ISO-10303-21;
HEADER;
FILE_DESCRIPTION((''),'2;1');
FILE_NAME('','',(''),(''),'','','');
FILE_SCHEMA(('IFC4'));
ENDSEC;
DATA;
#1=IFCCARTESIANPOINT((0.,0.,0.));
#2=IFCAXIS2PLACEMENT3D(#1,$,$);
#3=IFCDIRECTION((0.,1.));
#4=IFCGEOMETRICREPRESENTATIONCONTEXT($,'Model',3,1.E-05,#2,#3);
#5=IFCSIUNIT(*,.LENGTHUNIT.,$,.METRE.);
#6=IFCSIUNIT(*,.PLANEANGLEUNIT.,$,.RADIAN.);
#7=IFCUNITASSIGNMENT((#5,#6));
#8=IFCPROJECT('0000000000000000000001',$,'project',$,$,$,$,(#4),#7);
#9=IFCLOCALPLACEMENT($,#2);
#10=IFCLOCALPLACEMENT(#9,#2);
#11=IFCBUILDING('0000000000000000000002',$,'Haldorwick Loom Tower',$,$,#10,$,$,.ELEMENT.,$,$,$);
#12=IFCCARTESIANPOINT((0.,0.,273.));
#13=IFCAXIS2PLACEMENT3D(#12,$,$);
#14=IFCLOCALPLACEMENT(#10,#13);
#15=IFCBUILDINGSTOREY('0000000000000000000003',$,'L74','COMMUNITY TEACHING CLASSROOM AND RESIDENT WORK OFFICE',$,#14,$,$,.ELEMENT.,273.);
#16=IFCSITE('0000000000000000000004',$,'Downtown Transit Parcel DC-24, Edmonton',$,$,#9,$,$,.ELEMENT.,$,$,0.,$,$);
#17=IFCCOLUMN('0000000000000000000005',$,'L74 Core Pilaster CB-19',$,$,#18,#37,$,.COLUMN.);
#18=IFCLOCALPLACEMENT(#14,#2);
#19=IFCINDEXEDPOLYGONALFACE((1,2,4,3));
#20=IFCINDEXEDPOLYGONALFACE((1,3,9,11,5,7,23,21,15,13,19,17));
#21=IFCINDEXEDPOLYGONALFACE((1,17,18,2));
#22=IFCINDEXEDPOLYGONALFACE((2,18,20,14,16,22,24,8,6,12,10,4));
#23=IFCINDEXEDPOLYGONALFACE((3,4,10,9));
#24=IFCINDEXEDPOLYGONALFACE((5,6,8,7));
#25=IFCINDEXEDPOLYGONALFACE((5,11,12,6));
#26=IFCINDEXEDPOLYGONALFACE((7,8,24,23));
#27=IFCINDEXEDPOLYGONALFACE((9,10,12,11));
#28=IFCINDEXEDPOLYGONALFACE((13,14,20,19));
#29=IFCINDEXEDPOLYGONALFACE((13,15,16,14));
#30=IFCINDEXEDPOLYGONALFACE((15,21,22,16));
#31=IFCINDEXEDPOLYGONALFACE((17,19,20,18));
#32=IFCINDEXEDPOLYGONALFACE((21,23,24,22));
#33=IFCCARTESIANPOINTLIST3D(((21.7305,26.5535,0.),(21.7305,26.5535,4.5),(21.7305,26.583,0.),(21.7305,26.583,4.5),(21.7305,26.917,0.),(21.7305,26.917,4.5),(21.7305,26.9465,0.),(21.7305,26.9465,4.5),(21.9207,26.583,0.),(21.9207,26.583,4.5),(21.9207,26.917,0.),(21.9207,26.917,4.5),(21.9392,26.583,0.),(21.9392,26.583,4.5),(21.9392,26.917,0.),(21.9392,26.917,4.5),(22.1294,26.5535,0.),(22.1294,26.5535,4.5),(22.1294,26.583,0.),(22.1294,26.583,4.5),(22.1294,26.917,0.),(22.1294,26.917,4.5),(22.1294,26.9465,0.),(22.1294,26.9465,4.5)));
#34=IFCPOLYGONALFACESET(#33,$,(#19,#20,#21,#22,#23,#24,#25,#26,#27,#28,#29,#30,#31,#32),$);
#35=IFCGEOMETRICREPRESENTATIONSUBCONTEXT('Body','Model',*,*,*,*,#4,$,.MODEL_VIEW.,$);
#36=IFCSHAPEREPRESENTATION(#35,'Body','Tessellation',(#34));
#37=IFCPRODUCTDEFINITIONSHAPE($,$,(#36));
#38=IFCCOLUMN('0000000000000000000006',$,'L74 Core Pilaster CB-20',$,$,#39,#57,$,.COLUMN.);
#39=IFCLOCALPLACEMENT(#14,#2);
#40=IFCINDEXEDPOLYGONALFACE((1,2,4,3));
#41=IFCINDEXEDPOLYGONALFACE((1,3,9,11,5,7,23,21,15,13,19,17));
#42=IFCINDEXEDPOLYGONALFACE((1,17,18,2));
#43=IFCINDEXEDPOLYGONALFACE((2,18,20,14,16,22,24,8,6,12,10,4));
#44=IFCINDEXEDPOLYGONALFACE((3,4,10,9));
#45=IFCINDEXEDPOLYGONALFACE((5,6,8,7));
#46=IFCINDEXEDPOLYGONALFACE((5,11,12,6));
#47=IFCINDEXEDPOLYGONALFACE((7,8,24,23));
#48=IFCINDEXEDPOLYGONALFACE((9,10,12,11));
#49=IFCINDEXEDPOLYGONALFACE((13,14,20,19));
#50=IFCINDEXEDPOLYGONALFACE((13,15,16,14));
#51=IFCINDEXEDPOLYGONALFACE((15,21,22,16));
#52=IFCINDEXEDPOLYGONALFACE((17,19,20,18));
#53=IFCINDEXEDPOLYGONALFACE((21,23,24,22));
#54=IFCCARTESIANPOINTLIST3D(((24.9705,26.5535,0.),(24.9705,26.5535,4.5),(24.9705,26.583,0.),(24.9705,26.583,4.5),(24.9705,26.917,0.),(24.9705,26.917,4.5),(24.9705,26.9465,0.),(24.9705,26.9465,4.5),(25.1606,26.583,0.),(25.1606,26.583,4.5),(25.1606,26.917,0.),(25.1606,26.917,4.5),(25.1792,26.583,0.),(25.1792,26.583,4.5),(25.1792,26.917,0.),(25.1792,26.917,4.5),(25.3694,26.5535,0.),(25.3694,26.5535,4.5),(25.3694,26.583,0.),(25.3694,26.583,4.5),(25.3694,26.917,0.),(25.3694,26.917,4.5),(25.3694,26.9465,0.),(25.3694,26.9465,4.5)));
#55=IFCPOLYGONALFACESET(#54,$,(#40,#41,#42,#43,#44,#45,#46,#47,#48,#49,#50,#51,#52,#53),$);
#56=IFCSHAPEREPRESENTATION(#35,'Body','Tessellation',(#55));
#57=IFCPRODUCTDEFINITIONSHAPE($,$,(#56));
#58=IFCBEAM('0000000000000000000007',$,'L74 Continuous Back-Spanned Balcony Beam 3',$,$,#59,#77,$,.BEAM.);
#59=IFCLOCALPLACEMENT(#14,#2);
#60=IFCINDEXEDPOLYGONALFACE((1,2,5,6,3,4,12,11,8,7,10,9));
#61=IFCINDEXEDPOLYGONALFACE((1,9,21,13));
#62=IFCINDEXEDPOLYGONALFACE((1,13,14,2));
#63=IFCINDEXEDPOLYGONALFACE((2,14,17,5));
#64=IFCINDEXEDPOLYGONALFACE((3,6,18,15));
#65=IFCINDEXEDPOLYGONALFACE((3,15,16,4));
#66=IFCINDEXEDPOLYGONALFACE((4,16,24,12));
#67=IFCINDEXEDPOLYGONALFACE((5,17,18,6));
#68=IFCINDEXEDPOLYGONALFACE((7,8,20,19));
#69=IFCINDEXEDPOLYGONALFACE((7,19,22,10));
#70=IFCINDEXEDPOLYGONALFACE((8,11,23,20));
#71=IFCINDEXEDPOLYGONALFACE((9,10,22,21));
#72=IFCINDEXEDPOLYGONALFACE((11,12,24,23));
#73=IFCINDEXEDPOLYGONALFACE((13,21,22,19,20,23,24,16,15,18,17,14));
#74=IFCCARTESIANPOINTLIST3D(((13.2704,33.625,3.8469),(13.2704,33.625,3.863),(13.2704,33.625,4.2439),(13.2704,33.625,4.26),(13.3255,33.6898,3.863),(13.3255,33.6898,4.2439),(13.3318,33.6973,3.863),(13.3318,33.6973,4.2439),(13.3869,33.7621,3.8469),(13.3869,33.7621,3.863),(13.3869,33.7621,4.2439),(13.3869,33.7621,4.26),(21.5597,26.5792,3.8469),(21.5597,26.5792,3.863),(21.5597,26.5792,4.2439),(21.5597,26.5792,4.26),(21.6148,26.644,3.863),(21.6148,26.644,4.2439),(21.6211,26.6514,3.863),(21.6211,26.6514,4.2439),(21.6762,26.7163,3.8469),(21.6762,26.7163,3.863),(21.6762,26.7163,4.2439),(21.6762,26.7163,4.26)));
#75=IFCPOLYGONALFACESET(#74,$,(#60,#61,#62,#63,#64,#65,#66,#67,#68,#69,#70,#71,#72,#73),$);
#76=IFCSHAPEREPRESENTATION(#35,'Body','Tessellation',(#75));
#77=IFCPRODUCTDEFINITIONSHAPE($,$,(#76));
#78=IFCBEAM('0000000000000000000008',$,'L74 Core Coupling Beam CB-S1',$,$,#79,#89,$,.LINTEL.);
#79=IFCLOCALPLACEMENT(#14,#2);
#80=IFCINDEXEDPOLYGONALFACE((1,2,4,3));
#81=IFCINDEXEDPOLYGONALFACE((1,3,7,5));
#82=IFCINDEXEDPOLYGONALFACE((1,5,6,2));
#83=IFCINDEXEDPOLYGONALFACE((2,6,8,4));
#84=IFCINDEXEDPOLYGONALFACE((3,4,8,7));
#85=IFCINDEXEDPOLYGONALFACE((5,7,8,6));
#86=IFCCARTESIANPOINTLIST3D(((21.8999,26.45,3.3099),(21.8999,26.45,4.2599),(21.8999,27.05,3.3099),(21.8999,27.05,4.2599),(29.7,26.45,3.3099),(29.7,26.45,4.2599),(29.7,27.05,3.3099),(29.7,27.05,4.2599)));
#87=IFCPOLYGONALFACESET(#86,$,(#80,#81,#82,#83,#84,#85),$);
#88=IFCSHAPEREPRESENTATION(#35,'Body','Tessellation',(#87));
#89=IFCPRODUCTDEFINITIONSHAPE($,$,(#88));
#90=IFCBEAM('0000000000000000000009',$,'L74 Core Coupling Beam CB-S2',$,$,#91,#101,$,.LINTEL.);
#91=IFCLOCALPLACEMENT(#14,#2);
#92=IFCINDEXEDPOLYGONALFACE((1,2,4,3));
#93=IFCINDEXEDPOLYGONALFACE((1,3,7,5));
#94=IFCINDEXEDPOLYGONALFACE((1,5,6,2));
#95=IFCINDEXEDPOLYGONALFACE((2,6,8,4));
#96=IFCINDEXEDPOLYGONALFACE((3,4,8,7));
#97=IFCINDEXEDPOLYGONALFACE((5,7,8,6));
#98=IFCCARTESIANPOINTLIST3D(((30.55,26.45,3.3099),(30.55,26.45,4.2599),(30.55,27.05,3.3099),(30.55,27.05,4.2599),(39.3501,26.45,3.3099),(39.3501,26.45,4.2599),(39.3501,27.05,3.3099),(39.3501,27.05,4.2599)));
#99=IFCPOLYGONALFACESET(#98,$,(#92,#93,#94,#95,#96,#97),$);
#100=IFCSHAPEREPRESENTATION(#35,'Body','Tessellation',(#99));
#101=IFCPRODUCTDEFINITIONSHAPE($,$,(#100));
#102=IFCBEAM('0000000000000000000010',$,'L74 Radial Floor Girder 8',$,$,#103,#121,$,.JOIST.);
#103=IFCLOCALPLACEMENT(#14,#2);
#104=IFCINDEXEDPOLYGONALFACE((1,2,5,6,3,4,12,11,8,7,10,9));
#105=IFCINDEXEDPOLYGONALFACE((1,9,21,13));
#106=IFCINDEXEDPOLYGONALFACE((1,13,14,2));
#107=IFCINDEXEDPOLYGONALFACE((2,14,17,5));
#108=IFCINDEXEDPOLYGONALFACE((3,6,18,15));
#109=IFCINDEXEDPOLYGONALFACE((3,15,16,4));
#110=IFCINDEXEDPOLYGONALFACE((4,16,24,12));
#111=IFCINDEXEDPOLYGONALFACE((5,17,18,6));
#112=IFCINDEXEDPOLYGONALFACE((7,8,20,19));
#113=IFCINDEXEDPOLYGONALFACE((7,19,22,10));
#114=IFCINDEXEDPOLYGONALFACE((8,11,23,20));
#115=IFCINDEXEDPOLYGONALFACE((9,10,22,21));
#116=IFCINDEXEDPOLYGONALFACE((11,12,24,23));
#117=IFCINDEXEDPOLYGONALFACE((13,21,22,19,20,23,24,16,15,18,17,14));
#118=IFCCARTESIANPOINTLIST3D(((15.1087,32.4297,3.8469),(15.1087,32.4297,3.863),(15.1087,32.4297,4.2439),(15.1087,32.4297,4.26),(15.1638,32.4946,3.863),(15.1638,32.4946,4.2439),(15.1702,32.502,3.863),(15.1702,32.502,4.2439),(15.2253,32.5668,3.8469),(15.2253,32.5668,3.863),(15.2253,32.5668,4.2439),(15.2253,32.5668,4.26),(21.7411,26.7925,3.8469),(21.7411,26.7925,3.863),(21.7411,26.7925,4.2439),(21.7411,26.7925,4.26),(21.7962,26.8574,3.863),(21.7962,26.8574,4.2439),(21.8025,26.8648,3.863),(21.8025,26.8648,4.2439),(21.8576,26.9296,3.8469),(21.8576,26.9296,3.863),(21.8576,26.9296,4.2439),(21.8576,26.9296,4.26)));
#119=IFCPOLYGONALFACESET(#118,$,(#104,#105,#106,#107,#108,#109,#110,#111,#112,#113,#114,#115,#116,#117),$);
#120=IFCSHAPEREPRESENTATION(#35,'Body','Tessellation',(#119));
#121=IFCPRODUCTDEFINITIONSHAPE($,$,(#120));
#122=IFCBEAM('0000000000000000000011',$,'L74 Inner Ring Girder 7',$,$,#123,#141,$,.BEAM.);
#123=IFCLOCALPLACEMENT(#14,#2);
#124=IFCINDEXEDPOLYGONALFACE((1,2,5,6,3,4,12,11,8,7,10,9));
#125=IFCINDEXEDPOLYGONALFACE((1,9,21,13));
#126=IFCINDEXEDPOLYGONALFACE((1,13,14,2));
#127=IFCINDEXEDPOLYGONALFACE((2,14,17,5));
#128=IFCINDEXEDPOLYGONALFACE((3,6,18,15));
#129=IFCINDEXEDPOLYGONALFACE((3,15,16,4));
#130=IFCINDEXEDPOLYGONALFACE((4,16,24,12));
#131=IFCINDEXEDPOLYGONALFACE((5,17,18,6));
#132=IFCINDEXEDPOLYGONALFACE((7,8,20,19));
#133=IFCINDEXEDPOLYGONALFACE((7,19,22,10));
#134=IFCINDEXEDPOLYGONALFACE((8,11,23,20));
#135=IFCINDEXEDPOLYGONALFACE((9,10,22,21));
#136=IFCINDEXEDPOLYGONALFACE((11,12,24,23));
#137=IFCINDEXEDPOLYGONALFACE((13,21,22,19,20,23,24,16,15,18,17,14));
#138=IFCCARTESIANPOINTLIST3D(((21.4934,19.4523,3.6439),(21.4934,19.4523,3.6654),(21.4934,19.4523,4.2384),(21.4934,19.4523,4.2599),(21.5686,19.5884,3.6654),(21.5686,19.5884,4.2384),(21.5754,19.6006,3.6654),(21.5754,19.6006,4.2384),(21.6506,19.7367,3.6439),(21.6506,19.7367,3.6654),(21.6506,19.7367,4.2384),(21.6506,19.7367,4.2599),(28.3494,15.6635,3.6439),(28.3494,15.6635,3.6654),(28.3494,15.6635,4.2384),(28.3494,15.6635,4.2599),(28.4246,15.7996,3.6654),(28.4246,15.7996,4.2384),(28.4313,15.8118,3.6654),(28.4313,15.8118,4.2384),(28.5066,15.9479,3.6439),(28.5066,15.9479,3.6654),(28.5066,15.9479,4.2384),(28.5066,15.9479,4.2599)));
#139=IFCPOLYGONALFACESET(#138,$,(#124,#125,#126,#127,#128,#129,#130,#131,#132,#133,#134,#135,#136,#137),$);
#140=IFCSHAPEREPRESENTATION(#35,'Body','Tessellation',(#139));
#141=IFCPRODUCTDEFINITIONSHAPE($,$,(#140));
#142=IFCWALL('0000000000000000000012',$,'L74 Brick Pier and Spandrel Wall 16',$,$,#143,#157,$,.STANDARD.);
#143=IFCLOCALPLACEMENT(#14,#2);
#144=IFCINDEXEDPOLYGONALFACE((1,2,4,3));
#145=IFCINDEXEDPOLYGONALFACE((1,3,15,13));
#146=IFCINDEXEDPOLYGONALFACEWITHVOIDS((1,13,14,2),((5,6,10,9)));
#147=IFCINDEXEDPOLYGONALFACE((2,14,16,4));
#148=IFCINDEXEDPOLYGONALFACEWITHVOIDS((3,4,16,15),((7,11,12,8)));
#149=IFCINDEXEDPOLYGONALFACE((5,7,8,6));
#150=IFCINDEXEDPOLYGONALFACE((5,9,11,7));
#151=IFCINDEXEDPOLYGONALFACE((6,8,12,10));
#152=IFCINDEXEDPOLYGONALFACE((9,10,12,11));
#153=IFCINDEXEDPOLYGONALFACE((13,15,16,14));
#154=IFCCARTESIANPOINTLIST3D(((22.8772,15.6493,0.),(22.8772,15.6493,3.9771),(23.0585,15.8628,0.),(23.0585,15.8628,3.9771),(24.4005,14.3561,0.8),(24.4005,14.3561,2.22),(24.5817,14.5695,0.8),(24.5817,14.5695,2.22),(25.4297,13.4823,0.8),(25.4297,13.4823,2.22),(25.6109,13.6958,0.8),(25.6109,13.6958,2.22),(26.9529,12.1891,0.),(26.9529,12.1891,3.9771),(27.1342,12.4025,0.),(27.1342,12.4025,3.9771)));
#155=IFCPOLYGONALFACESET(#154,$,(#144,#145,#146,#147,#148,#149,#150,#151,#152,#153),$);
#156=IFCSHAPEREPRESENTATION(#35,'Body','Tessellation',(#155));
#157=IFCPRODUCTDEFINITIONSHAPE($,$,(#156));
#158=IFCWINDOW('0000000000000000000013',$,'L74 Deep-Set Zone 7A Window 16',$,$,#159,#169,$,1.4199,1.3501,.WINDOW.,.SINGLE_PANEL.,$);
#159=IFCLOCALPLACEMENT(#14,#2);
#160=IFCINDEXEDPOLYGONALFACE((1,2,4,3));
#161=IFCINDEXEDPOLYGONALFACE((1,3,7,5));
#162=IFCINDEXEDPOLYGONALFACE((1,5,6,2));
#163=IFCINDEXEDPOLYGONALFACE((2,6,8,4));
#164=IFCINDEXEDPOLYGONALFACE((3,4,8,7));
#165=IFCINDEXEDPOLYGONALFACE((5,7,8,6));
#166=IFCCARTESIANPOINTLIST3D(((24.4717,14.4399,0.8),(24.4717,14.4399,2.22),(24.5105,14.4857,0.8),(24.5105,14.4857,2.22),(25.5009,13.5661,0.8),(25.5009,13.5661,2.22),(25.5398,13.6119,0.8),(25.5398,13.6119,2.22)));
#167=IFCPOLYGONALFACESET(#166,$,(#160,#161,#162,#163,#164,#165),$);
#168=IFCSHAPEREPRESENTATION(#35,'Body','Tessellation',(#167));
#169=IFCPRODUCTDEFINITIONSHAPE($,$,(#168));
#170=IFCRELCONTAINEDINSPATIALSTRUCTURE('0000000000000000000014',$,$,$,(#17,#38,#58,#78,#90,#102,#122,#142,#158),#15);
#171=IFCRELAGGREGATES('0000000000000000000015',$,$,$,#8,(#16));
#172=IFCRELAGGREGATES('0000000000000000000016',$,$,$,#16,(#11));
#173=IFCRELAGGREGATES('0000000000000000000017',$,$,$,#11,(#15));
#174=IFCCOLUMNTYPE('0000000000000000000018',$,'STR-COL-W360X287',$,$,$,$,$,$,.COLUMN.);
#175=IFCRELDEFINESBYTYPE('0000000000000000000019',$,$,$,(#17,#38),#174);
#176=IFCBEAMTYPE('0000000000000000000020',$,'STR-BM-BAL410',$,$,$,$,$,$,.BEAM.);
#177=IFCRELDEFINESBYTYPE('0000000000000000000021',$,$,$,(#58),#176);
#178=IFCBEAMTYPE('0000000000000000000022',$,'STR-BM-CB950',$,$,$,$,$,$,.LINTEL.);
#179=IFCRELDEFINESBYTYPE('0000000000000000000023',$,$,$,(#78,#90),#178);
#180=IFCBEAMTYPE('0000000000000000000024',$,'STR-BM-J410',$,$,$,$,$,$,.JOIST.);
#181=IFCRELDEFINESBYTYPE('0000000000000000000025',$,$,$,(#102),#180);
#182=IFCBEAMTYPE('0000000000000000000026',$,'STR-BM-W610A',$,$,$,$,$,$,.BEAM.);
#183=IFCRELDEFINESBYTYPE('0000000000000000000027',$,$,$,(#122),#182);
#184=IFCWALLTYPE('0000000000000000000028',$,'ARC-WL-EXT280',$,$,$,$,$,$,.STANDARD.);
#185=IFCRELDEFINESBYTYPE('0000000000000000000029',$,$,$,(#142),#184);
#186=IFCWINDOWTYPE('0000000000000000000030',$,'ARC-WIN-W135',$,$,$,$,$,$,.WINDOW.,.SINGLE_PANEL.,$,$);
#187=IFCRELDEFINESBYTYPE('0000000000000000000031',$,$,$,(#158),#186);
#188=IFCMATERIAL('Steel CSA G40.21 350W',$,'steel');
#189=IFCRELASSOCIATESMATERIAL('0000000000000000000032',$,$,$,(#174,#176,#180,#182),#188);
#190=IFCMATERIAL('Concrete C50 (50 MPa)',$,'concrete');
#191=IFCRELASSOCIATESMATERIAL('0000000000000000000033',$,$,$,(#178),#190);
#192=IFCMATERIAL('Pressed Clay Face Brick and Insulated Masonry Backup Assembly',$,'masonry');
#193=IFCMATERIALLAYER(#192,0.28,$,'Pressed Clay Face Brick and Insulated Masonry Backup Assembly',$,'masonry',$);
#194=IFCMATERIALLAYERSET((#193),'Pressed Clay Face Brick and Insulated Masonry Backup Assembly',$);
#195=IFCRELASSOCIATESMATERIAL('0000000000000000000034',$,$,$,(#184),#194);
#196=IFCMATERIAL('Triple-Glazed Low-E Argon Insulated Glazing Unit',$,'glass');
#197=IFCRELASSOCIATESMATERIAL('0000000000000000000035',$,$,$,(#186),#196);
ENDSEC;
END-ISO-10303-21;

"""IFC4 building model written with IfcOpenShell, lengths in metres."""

from ifc_helpers import new_model, si_unit, direction, frame, frame_2d, origin, origin_2d, place, context, subcontext, project, spatial, rectangle, i_section, extrude, material, layer, layer_set, material_profile, profile_set, type_object, element, fill, save


model = new_model("IFC4")

# Units and contexts
model_context = context("Model", 3, precision=1e-05, world=origin(), true_north=direction((0.0, 1.0)))
body_context = subcontext(model_context, "Body", "Model", "MODEL_VIEW")
ifc_project = project(units=[si_unit("LENGTHUNIT", "METRE"), si_unit("PLANEANGLEUNIT", "RADIAN")], contexts=[model_context])

# Site, building, storey
site_placement = place(None, origin())
site = spatial("IfcSite", under=ifc_project, at=site_placement, Name="Downtown Transit Parcel DC-24, Edmonton", CompositionType="ELEMENT", RefElevation=0.0)
building_placement = place(site_placement, origin())
building = spatial("IfcBuilding", under=site, at=building_placement, Name="Haldorwick Loom Tower", CompositionType="ELEMENT")
storey_placement = place(building_placement, frame((0.0, 0.0, 273.0)))
storey = spatial("IfcBuildingStorey", under=building, at=storey_placement, Name="L74", Description="COMMUNITY TEACHING CLASSROOM AND RESIDENT WORK OFFICE", CompositionType="ELEMENT", Elevation=273.0)

# Columns
ifc_material_1 = material(Name="Steel CSA G40.21 350W", Category="steel")
ifc_material_profile_1 = material_profile(ifc_material_1, i_section(OverallWidth=0.3989, OverallDepth=0.3931, WebThickness=0.0186, FlangeThickness=0.0295, at=origin_2d()), Name="W360X287", Category="steel")
ifc_profile_set_1 = profile_set([ifc_material_profile_1], Name="Steel CSA G40.21 350W")
column_type = type_object("IfcColumnType", Name="STR-COL-W360X287", PredefinedType="COLUMN", material=ifc_profile_set_1)
for number, where, z_axis, x_axis, name in (
    (1, (21.9299, 26.75, 0.0), (0.0, 0.0, 1.0), (1.0, 0.0, 0.0), "L74 Core Pilaster CB-19"),
    (2, (25.1699, 26.75, 0.0), (0.0, 0.0, 1.0), (1.0, 0.0, 0.0), "L74 Core Pilaster CB-20"),
):
    element("IfcColumn", number, at=place(storey_placement, frame(where, z_axis=z_axis, x_axis=x_axis)), inside=storey, type_object=column_type, Name=name, PredefinedType="COLUMN", context=body_context, shape_type="SweptSolid", body=[
        extrude(i_section(OverallWidth=0.3989, OverallDepth=0.3931, WebThickness=0.0186, FlangeThickness=0.0295, at=origin_2d()), origin(), (0.0, 0.0, 1.0), 4.5),
    ])

# Beams
ifc_material_profile_2 = material_profile(ifc_material_1, i_section(OverallWidth=0.1799, OverallDepth=0.4131, WebThickness=0.0098, FlangeThickness=0.0161, at=origin_2d()), Name="W410X74", Category="steel")
ifc_profile_set_2 = profile_set([ifc_material_profile_2], Name="Steel CSA G40.21 350W")
beam_type_1 = type_object("IfcBeamType", Name="STR-BM-BAL410", PredefinedType="BEAM", material=ifc_profile_set_2)
beam_1_placement = place(storey_placement, frame((21.6179, 26.6477, 4.0535), z_axis=(-0.76194, 0.647648, 0.0), x_axis=(-0.647648, -0.76194, 0.0)))
element("IfcBeam", 3, at=beam_1_placement, inside=storey, type_object=beam_type_1, Name="L74 Continuous Back-Spanned Balcony Beam 3", PredefinedType="BEAM", context=body_context, shape_type="SweptSolid", body=[
    extrude(i_section(OverallWidth=0.1799, OverallDepth=0.4131, WebThickness=0.0098, FlangeThickness=0.0161, at=origin_2d()), origin(), (0.0, 0.0, 1.0), 10.8792),
])
ifc_material_2 = material(Name="Concrete C50 (50 MPa)", Category="concrete")
ifc_material_profile_3 = material_profile(ifc_material_2, rectangle(XDim=0.6001, YDim=0.95, at=origin_2d()), Name="RC600X950", Category="concrete")
ifc_profile_set_3 = profile_set([ifc_material_profile_3], Name="Concrete C50 (50 MPa)")
beam_type_2 = type_object("IfcBeamType", Name="STR-BM-CB950", PredefinedType="LINTEL", material=ifc_profile_set_3)
beam_2_placement = place(storey_placement, frame((21.8999, 26.75, 3.7849), z_axis=(1.0, 0.0, 0.0), x_axis=(0.0, 1.0, 0.0)))
element("IfcBeam", 4, at=beam_2_placement, inside=storey, type_object=beam_type_2, Name="L74 Core Coupling Beam CB-S1", PredefinedType="LINTEL", context=body_context, shape_type="SweptSolid", body=[
    extrude(rectangle(XDim=0.6001, YDim=0.95, at=origin_2d()), origin(), (0.0, 0.0, 1.0), 7.8),
])
beam_3_placement = place(storey_placement, frame((30.55, 26.75, 3.7849), z_axis=(1.0, 0.0, 0.0), x_axis=(0.0, 1.0, 0.0)))
element("IfcBeam", 5, at=beam_3_placement, inside=storey, type_object=beam_type_2, Name="L74 Core Coupling Beam CB-S2", PredefinedType="LINTEL", context=body_context, shape_type="SweptSolid", body=[
    extrude(rectangle(XDim=0.6001, YDim=0.95, at=origin_2d()), origin(), (0.0, 0.0, 1.0), 8.8),
])
ifc_material_profile_4 = material_profile(ifc_material_1, i_section(OverallWidth=0.1799, OverallDepth=0.4131, WebThickness=0.0098, FlangeThickness=0.0161, at=origin_2d()), Name="W410X74", Category="steel")
ifc_profile_set_4 = profile_set([ifc_material_profile_4], Name="Steel CSA G40.21 350W")
beam_type_3 = type_object("IfcBeamType", Name="STR-BM-J410", PredefinedType="JOIST", material=ifc_profile_set_4)
beam_4_placement = place(storey_placement, frame((21.7993, 26.8611, 4.0535), z_axis=(-0.761955, 0.647631, 0.0), x_axis=(-0.647631, -0.761955, 0.0)))
element("IfcBeam", 6, at=beam_4_placement, inside=storey, type_object=beam_type_3, Name="L74 Radial Floor Girder 8", PredefinedType="JOIST", context=body_context, shape_type="SweptSolid", body=[
    extrude(i_section(OverallWidth=0.1799, OverallDepth=0.4131, WebThickness=0.0098, FlangeThickness=0.0161, at=origin_2d()), origin(), (0.0, 0.0, 1.0), 8.7043),
])
ifc_material_profile_5 = material_profile(ifc_material_1, i_section(OverallWidth=0.325, OverallDepth=0.616, WebThickness=0.0139, FlangeThickness=0.0215, at=origin_2d()), Name="W610X174", Category="steel")
ifc_profile_set_5 = profile_set([ifc_material_profile_5], Name="Steel CSA G40.21 350W")
beam_type_4 = type_object("IfcBeamType", Name="STR-BM-W610A", PredefinedType="BEAM", material=ifc_profile_set_5)
beam_5_placement = place(storey_placement, frame((28.428, 15.8057, 3.9519), z_axis=(-0.875242, 0.483686, 0.0), x_axis=(-0.483686, -0.875242, 0.0)))
element("IfcBeam", 7, at=beam_5_placement, inside=storey, type_object=beam_type_4, Name="L74 Inner Ring Girder 7", PredefinedType="BEAM", context=body_context, shape_type="SweptSolid", body=[
    extrude(i_section(OverallWidth=0.325, OverallDepth=0.616, WebThickness=0.0139, FlangeThickness=0.0215, at=origin_2d()), origin(), (0.0, 0.0, 1.0), 7.8333),
])

# Wall, opening, window
ifc_material_3 = material(Name="Pressed Clay Face Brick and Insulated Masonry Backup Assembly", Category="masonry")
ifc_layer_1 = layer(ifc_material_3, 0.28, Name="Pressed Clay Face Brick and Insulated Masonry Backup Assembly", Category="masonry")
ifc_layer_set_1 = layer_set([ifc_layer_1], Name="Pressed Clay Face Brick and Insulated Masonry Backup Assembly")
wall_type_1 = type_object("IfcWallType", Name="ARC-WL-EXT280", PredefinedType="STANDARD", material=ifc_layer_set_1)
wall_1_placement = place(storey_placement, frame((22.9678, 15.7561, 0.0), z_axis=(0.0, 0.0, 1.0), x_axis=(0.76232, -0.6472, 0.0)))
wall_1 = element("IfcWall", 8, at=wall_1_placement, inside=storey, type_object=wall_type_1, Name="L74 Brick Pier and Spandrel Wall 16", PredefinedType="STANDARD", context=body_context, shape_type="SweptSolid", body=[
    extrude(rectangle(XDim=5.3464, YDim=0.28, at=frame_2d((2.6733, 0.0))), origin(), (0.0, 0.0, 1.0), 3.9771),
])
opening_1_placement = place(wall_1_placement, frame((1.9983, 0.0, 0.8)))
opening_1 = element("IfcOpeningElement", 9, at=opening_1_placement, cuts=wall_1, PredefinedType="OPENING", context=body_context, shape_type="SweptSolid", body=[
    extrude(rectangle(XDim=1.3501, YDim=1.4199, at=frame_2d((0.675, 0.71))), frame((0.0, 0.1499, 0.0), z_axis=(0.0, -1.0, 0.0), x_axis=(1.0, 0.0, 0.0)), (0.0, 0.0, 1.0), 0.3),
])
ifc_material_4 = material(Name="Triple-Glazed Low-E Argon Insulated Glazing Unit", Category="glass")
window_type = type_object("IfcWindowType", Name="ARC-WIN-W135", PartitioningType="SINGLE_PANEL", PredefinedType="WINDOW", material=ifc_material_4)
window_placement = place(opening_1_placement, origin())
window = element("IfcWindow", 10, at=window_placement, inside=storey, type_object=window_type, Name="L74 Deep-Set Zone 7A Window 16", OverallHeight=1.4199, OverallWidth=1.3501, PartitioningType="SINGLE_PANEL", PredefinedType="WINDOW", context=body_context, shape_type="SweptSolid", body=[
    extrude(rectangle(XDim=1.3501, YDim=1.4199, at=frame_2d((0.675, 0.71))), frame((0.0, 0.03, 0.0), z_axis=(0.0, -1.0, 0.0), x_axis=(1.0, 0.0, 0.0)), (0.0, 0.0, 1.0), 0.0601),
])
fill(opening_1, window)

save(model, "model.ifc")
